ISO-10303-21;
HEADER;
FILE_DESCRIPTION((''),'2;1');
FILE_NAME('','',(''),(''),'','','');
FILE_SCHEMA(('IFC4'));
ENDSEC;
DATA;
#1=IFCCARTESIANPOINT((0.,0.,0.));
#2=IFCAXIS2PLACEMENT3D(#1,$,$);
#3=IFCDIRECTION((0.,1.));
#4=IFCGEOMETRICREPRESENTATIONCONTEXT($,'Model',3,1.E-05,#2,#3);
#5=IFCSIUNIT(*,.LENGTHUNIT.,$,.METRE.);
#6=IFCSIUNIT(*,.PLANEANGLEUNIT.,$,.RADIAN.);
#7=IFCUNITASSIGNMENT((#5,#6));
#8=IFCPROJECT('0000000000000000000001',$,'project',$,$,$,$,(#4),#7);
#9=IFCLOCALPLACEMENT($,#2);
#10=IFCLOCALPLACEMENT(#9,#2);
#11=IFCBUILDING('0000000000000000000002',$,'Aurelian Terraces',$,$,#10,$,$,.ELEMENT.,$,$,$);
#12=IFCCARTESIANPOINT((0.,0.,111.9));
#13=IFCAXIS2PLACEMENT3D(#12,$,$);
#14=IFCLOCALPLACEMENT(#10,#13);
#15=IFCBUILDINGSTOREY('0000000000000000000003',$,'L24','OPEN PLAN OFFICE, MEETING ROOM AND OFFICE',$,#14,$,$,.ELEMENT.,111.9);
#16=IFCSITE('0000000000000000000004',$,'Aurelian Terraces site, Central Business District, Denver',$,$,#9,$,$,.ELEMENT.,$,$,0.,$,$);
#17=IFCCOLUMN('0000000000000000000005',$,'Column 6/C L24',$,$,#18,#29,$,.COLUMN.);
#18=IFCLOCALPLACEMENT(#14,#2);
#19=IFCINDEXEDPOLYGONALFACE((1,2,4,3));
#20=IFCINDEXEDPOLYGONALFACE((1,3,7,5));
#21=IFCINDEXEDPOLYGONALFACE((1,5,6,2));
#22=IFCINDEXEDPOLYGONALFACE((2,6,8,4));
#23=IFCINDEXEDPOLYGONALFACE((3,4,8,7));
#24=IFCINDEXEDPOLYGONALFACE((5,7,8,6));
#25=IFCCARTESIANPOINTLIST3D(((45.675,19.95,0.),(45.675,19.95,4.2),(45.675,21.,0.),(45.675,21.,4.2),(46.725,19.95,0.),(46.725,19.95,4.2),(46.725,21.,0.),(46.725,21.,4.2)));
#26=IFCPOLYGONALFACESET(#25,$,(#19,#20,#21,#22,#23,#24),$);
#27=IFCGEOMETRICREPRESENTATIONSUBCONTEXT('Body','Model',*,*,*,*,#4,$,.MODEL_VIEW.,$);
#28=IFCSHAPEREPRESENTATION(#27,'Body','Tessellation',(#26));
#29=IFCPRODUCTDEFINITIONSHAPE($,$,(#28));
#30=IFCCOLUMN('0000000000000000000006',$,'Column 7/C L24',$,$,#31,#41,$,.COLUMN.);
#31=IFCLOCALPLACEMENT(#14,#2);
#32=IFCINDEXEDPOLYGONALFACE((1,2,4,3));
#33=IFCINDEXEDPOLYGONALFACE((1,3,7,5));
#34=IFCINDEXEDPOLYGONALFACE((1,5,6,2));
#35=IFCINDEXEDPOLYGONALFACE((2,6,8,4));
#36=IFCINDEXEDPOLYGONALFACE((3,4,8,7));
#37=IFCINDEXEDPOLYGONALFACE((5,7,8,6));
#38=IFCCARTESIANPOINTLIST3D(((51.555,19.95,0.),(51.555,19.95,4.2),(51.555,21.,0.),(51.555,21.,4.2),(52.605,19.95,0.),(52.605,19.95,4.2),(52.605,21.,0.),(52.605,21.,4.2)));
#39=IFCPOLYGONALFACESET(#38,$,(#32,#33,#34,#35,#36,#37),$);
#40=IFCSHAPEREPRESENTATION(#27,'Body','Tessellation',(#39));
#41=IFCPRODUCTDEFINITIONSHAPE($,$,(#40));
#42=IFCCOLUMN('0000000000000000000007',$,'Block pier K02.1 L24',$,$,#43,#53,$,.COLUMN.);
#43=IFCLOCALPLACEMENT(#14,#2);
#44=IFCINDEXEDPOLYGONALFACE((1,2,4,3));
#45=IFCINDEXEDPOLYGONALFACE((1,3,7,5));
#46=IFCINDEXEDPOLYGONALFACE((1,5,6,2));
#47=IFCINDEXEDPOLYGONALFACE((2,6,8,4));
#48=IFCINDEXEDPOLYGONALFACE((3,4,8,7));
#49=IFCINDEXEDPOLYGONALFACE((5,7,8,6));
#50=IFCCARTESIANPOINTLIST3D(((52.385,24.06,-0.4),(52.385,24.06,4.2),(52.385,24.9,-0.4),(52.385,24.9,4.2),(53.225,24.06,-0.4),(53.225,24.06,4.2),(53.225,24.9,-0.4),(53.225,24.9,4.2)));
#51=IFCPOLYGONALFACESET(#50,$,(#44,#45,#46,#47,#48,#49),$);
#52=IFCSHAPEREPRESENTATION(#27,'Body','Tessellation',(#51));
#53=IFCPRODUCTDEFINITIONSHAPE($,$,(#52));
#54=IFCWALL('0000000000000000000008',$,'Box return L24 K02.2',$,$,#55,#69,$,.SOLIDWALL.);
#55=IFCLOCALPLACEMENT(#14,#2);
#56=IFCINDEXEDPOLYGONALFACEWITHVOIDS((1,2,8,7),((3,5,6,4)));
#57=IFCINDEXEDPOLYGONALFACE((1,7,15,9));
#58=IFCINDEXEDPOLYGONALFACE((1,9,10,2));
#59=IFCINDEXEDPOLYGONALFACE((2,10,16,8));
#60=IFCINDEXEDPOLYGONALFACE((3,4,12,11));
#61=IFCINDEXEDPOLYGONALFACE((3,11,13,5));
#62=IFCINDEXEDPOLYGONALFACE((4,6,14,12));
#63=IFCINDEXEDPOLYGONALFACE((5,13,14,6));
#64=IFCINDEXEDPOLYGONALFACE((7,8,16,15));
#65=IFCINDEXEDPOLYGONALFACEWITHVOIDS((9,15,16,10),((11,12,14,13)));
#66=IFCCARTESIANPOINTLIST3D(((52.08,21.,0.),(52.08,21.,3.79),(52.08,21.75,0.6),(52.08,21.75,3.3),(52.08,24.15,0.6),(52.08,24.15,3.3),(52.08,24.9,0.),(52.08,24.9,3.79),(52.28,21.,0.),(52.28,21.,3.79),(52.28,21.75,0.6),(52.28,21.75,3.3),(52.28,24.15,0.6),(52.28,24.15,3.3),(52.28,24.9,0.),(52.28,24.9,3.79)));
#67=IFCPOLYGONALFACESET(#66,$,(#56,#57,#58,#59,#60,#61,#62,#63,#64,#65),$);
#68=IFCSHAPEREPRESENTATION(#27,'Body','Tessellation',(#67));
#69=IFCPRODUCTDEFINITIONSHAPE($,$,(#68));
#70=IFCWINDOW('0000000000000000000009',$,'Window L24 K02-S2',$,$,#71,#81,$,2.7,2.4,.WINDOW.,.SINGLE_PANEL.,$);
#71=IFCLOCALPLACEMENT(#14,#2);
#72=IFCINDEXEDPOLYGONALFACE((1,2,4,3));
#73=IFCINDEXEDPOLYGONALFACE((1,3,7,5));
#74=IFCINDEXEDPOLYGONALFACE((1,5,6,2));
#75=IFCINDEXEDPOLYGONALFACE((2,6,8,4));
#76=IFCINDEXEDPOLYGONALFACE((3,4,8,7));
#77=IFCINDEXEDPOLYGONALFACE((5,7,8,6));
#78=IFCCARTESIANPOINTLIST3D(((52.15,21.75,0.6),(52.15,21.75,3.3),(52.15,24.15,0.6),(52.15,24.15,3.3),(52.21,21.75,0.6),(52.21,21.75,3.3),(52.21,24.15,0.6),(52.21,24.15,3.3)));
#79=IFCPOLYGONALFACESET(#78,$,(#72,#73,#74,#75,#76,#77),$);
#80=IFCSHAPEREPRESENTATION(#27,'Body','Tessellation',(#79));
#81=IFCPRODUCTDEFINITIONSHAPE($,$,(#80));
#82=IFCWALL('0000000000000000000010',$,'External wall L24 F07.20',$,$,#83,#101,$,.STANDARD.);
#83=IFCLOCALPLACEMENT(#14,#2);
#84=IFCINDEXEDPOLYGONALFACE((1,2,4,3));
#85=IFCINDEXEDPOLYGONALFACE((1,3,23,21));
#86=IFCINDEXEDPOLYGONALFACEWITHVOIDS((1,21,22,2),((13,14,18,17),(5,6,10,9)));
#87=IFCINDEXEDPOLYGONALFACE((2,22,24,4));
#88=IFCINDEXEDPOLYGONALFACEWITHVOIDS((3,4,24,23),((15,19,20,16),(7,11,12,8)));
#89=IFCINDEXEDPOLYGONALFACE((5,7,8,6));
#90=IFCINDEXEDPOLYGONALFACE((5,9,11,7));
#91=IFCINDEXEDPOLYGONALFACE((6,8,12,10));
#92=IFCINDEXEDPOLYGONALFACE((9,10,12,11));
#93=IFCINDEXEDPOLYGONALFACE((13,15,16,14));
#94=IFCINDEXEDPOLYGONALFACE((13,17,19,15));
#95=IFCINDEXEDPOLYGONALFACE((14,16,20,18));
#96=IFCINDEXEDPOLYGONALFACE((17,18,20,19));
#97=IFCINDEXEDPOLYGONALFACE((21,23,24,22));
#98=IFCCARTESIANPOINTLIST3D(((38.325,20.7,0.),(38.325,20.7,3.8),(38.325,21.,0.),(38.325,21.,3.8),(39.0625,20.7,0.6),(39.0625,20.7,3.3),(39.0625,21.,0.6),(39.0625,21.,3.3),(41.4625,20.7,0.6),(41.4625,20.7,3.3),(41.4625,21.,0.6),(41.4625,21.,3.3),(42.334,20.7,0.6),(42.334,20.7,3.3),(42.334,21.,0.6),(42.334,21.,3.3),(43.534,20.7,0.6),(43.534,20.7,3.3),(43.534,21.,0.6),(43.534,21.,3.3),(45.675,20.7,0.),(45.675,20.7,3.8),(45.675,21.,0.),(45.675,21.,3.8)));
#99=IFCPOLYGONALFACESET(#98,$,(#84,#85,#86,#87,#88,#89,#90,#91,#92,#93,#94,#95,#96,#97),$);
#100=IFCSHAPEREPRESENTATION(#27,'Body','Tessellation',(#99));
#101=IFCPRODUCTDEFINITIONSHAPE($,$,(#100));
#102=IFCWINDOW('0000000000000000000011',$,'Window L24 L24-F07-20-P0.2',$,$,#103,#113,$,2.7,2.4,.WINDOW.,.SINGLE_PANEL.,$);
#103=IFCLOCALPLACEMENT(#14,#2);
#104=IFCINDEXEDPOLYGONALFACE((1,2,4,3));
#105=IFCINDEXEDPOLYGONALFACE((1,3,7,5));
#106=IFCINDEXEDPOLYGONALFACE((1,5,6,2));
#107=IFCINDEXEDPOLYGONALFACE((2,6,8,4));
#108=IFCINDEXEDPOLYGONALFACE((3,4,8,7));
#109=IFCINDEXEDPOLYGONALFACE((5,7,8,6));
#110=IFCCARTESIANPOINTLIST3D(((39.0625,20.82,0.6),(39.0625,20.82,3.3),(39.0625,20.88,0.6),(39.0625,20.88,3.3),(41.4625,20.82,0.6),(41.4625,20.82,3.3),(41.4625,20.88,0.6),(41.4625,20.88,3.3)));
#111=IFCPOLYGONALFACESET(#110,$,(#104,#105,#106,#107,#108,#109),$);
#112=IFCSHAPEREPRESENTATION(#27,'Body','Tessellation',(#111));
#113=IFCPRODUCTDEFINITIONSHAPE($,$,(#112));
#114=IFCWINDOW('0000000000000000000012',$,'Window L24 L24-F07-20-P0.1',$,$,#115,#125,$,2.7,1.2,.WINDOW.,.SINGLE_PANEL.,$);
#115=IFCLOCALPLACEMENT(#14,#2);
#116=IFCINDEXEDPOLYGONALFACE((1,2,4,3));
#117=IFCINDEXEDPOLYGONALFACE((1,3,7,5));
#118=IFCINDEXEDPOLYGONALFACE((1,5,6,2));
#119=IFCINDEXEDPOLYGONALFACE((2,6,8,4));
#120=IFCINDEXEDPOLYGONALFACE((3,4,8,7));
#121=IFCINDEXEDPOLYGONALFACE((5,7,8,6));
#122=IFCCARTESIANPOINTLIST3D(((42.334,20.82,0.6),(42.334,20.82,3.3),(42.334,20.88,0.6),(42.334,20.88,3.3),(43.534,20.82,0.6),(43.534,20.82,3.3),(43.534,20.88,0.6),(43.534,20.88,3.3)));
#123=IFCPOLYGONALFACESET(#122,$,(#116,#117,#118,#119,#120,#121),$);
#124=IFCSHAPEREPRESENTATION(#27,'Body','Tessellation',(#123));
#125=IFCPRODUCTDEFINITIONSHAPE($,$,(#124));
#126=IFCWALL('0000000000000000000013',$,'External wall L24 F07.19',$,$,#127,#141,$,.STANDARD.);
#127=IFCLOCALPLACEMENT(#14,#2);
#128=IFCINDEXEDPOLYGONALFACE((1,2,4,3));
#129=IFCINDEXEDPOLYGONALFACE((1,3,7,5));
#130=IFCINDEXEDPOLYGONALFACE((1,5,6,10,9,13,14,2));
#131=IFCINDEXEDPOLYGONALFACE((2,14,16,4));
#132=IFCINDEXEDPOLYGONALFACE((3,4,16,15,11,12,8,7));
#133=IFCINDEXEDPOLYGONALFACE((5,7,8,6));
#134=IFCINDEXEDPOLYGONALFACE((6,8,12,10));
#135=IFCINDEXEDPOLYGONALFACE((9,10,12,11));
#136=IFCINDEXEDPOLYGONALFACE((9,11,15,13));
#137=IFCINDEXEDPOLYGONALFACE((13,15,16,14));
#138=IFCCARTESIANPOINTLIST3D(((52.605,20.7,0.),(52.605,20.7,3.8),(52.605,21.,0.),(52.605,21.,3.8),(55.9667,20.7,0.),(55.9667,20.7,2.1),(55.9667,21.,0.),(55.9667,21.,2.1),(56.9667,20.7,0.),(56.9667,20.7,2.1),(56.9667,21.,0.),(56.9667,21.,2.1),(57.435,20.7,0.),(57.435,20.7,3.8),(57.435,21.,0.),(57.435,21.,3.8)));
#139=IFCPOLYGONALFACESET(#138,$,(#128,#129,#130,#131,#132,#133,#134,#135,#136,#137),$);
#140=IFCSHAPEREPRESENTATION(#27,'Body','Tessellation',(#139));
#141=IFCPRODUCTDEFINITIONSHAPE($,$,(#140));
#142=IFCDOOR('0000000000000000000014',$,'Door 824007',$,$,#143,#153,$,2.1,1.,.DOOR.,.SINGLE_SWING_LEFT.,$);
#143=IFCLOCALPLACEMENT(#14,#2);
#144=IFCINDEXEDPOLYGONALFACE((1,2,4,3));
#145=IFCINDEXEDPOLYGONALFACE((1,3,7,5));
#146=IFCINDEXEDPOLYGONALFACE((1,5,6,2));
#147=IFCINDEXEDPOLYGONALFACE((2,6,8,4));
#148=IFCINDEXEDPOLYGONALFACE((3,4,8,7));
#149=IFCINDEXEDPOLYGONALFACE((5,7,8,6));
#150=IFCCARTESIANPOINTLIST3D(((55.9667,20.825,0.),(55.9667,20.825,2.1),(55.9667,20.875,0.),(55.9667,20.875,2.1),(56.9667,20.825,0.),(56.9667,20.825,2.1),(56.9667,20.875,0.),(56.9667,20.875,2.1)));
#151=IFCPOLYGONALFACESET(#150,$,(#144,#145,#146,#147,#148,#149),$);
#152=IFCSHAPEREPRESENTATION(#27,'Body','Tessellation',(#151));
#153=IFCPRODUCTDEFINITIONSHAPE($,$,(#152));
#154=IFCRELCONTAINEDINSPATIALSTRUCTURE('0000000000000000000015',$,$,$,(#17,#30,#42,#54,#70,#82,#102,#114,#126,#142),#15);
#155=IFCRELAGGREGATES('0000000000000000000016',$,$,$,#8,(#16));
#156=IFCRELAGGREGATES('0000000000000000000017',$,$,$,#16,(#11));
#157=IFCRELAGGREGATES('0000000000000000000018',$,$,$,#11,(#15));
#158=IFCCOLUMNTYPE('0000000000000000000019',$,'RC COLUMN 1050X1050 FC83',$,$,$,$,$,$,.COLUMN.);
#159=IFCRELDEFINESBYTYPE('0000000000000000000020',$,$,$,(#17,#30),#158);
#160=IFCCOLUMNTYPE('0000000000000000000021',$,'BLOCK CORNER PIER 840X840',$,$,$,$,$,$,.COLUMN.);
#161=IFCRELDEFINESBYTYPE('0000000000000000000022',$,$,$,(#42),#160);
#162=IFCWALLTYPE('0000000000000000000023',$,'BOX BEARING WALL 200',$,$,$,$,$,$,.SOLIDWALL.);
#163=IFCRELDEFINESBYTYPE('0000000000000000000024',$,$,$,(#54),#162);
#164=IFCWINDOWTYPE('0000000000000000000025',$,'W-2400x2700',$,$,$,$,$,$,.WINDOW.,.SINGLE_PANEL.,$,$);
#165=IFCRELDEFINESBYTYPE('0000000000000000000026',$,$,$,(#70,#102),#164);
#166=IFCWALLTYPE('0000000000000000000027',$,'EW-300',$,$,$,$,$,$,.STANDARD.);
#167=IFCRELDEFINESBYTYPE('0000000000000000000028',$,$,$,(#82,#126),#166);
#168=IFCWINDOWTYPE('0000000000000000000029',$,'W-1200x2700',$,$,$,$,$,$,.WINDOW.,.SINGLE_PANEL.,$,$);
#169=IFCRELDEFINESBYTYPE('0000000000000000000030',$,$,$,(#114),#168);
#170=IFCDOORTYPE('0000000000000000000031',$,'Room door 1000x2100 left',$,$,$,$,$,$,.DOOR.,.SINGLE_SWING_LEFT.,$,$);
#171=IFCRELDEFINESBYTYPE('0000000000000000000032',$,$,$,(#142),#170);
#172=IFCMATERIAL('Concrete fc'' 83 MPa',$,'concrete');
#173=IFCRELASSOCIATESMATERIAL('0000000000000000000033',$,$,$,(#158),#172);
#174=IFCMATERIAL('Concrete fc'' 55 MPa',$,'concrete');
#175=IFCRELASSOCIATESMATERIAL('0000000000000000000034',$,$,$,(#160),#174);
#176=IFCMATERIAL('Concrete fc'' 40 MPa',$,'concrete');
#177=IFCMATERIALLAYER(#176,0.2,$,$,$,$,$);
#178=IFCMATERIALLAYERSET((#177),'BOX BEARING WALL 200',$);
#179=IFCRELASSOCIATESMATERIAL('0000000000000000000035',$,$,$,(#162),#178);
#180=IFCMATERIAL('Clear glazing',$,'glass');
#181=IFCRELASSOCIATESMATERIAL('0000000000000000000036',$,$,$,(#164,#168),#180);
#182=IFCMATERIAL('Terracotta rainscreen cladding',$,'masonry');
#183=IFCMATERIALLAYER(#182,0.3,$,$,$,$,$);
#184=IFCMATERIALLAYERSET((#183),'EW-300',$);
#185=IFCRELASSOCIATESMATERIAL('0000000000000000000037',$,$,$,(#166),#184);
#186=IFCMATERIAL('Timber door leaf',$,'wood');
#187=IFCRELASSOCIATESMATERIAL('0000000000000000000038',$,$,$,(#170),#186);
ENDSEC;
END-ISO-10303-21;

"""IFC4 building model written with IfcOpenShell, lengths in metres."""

from ifc_helpers import new_model, si_unit, direction, frame, frame_2d, origin, origin_2d, place, context, subcontext, project, spatial, rectangle, extrude, source, transform, mapped, material, layer, layer_set, material_profile, profile_set, type_object, element, fill, save


model = new_model("IFC4")

# Units and contexts
model_context = context("Model", 3, precision=1e-05, world=origin(), true_north=direction((0.0, 1.0)))
body_context = subcontext(model_context, "Body", "Model", "MODEL_VIEW")
ifc_project = project(units=[si_unit("LENGTHUNIT", "METRE"), si_unit("PLANEANGLEUNIT", "RADIAN")], contexts=[model_context])

# Site, building, storey
site_placement = place(None, origin())
site = spatial("IfcSite", under=ifc_project, at=site_placement, Name="Aurelian Terraces site, Central Business District, Denver", CompositionType="ELEMENT", RefElevation=0.0)
building_placement = place(site_placement, origin())
building = spatial("IfcBuilding", under=site, at=building_placement, Name="Aurelian Terraces", CompositionType="ELEMENT")
storey_placement = place(building_placement, frame((0.0, 0.0, 111.9)))
storey = spatial("IfcBuildingStorey", under=building, at=storey_placement, Name="L24", Description="OPEN PLAN OFFICE, MEETING ROOM AND OFFICE", CompositionType="ELEMENT", Elevation=111.9)

# Columns
ifc_material_1 = material(Name="Concrete fc' 83 MPa", Category="concrete")
ifc_material_profile_1 = material_profile(ifc_material_1, rectangle(XDim=1.05, YDim=1.05, at=origin_2d()))
ifc_profile_set_1 = profile_set([ifc_material_profile_1], Name="Concrete fc' 83 MPa")
column_type_1 = type_object("IfcColumnType", Name="RC COLUMN 1050X1050 FC83", PredefinedType="COLUMN", material=ifc_profile_set_1)
shared_shape_1 = source(origin(), body_context, "Body", "SweptSolid", [
    extrude(rectangle(XDim=1.05, YDim=1.05, at=origin_2d()), origin(), (0.0, 0.0, 1.0), 4.2),
])
for number, where, z_axis, x_axis, name in (
    (1, (46.2, 20.475, 0.0), (0.0, 0.0, 1.0), (1.0, 0.0, 0.0), "Column 6/C L24"),
    (2, (52.08, 20.475, 0.0), (0.0, 0.0, 1.0), (1.0, 0.0, 0.0), "Column 7/C L24"),
):
    element("IfcColumn", number, at=place(storey_placement, frame(where, z_axis=z_axis, x_axis=x_axis)), inside=storey, type_object=column_type_1, Name=name, PredefinedType="COLUMN", context=body_context, shape_type="MappedRepresentation", body=[
        mapped(shared_shape_1, transform((0.0, 0.0, 0.0), scale=1.0)),
    ])
ifc_material_2 = material(Name="Concrete fc' 55 MPa", Category="concrete")
ifc_material_profile_2 = material_profile(ifc_material_2, rectangle(XDim=0.84, YDim=0.84, at=origin_2d()))
ifc_profile_set_2 = profile_set([ifc_material_profile_2], Name="Concrete fc' 55 MPa")
column_type_2 = type_object("IfcColumnType", Name="BLOCK CORNER PIER 840X840", PredefinedType="COLUMN", material=ifc_profile_set_2)
shared_shape_2 = source(origin(), body_context, "Body", "SweptSolid", [
    extrude(rectangle(XDim=0.84, YDim=0.84, at=origin_2d()), origin(), (0.0, 0.0, 1.0), 4.6),
])
column_placement = place(storey_placement, frame((52.805, 24.48, -0.4), z_axis=(0.0, 0.0, 1.0), x_axis=(1.0, 0.0, 0.0)))
element("IfcColumn", 3, at=column_placement, inside=storey, type_object=column_type_2, Name="Block pier K02.1 L24", PredefinedType="COLUMN", context=body_context, shape_type="MappedRepresentation", body=[
    mapped(shared_shape_2, transform((0.0, 0.0, 0.0), scale=1.0)),
])

# Wall, opening, window
ifc_material_3 = material(Name="Concrete fc' 40 MPa", Category="concrete")
ifc_layer_1 = layer(ifc_material_3, 0.2)
ifc_layer_set_1 = layer_set([ifc_layer_1], Name="BOX BEARING WALL 200")
wall_type_1 = type_object("IfcWallType", Name="BOX BEARING WALL 200", PredefinedType="SOLIDWALL", material=ifc_layer_set_1)
shared_shape_3 = source(origin(), body_context, "Body", "SweptSolid", [
    extrude(rectangle(XDim=3.9, YDim=0.2, at=frame_2d((1.95, 0.0))), origin(), (0.0, 0.0, 1.0), 3.79),
])
wall_1_placement = place(storey_placement, frame((52.18, 21.0, 0.0), z_axis=(0.0, 0.0, 1.0), x_axis=(0.0, 1.0, 0.0)))
wall_1 = element("IfcWall", 4, at=wall_1_placement, inside=storey, type_object=wall_type_1, Name="Box return L24 K02.2", PredefinedType="SOLIDWALL", context=body_context, shape_type="MappedRepresentation", body=[
    mapped(shared_shape_3, transform((0.0, 0.0, 0.0), scale=1.0)),
])
shared_shape_4 = source(origin(), body_context, "Body", "SweptSolid", [
    extrude(rectangle(XDim=2.4, YDim=2.7, at=frame_2d((1.2, 1.35))), frame((0.0, 0.11, 0.0), z_axis=(0.0, -1.0, 0.0), x_axis=(1.0, 0.0, 0.0)), (0.0, 0.0, 1.0), 0.22),
])
opening_1_placement = place(wall_1_placement, frame((0.75, 0.0, 0.6)))
opening_1 = element("IfcOpeningElement", 5, at=opening_1_placement, cuts=wall_1, PredefinedType="OPENING", context=body_context, shape_type="MappedRepresentation", body=[
    mapped(shared_shape_4, transform((0.0, 0.0, 0.0), scale=1.0)),
])
ifc_material_4 = material(Name="Clear glazing", Category="glass")
window_type_1 = type_object("IfcWindowType", Name="W-2400x2700", PartitioningType="SINGLE_PANEL", PredefinedType="WINDOW", material=ifc_material_4)
shared_shape_5 = source(origin(), body_context, "Body", "SweptSolid", [
    extrude(rectangle(XDim=2.4, YDim=2.7, at=frame_2d((1.2, 1.35))), frame((0.0, 0.03, 0.0), z_axis=(0.0, -1.0, 0.0), x_axis=(1.0, 0.0, 0.0)), (0.0, 0.0, 1.0), 0.06),
])
window_1_placement = place(opening_1_placement, origin())
window_1 = element("IfcWindow", 6, at=window_1_placement, inside=storey, type_object=window_type_1, Name="Window L24 K02-S2", OverallHeight=2.7, OverallWidth=2.4, PartitioningType="SINGLE_PANEL", PredefinedType="WINDOW", context=body_context, shape_type="MappedRepresentation", body=[
    mapped(shared_shape_5, transform((0.0, 0.0, 0.0), scale=1.0)),
])
fill(opening_1, window_1)

# Wall, openings, windows
ifc_material_5 = material(Name="Terracotta rainscreen cladding", Category="masonry")
ifc_layer_2 = layer(ifc_material_5, 0.3)
ifc_layer_set_2 = layer_set([ifc_layer_2], Name="EW-300")
wall_type_2 = type_object("IfcWallType", Name="EW-300", PredefinedType="STANDARD", material=ifc_layer_set_2)
shared_shape_6 = source(origin(), body_context, "Body", "SweptSolid", [
    extrude(rectangle(XDim=7.35, YDim=0.3, at=frame_2d((3.675, 0.0))), origin(), (0.0, 0.0, 1.0), 3.8),
])
wall_2_placement = place(storey_placement, frame((45.675, 20.85, 0.0), z_axis=(0.0, 0.0, 1.0), x_axis=(-1.0, 0.0, 0.0)))
wall_2 = element("IfcWall", 7, at=wall_2_placement, inside=storey, type_object=wall_type_2, Name="External wall L24 F07.20", PredefinedType="STANDARD", context=body_context, shape_type="MappedRepresentation", body=[
    mapped(shared_shape_6, transform((0.0, 0.0, 0.0), scale=1.0)),
])
shared_shape_7 = source(origin(), body_context, "Body", "SweptSolid", [
    extrude(rectangle(XDim=1.2, YDim=2.7, at=frame_2d((0.6, 1.35))), frame((0.0, 0.16, 0.0), z_axis=(0.0, -1.0, 0.0), x_axis=(1.0, 0.0, 0.0)), (0.0, 0.0, 1.0), 0.32),
])
opening_2_placement = place(wall_2_placement, frame((2.141, 0.0, 0.6)))
opening_2 = element("IfcOpeningElement", 8, at=opening_2_placement, cuts=wall_2, PredefinedType="OPENING", context=body_context, shape_type="MappedRepresentation", body=[
    mapped(shared_shape_7, transform((0.0, 0.0, 0.0), scale=1.0)),
])
shared_shape_8 = source(origin(), body_context, "Body", "SweptSolid", [
    extrude(rectangle(XDim=2.4, YDim=2.7, at=frame_2d((1.2, 1.35))), frame((0.0, 0.16, 0.0), z_axis=(0.0, -1.0, 0.0), x_axis=(1.0, 0.0, 0.0)), (0.0, 0.0, 1.0), 0.32),
])
opening_3_placement = place(wall_2_placement, frame((4.2125, 0.0, 0.6)))
opening_3 = element("IfcOpeningElement", 9, at=opening_3_placement, cuts=wall_2, PredefinedType="OPENING", context=body_context, shape_type="MappedRepresentation", body=[
    mapped(shared_shape_8, transform((0.0, 0.0, 0.0), scale=1.0)),
])
window_2_placement = place(opening_3_placement, origin())
window_2 = element("IfcWindow", 10, at=window_2_placement, inside=storey, type_object=window_type_1, Name="Window L24 L24-F07-20-P0.2", OverallHeight=2.7, OverallWidth=2.4, PartitioningType="SINGLE_PANEL", PredefinedType="WINDOW", context=body_context, shape_type="MappedRepresentation", body=[
    mapped(shared_shape_5, transform((0.0, 0.0, 0.0), scale=1.0)),
])
fill(opening_3, window_2)
window_type_2 = type_object("IfcWindowType", Name="W-1200x2700", PartitioningType="SINGLE_PANEL", PredefinedType="WINDOW", material=ifc_material_4)
shared_shape_9 = source(origin(), body_context, "Body", "SweptSolid", [
    extrude(rectangle(XDim=1.2, YDim=2.7, at=frame_2d((0.6, 1.35))), frame((0.0, 0.03, 0.0), z_axis=(0.0, -1.0, 0.0), x_axis=(1.0, 0.0, 0.0)), (0.0, 0.0, 1.0), 0.06),
])
window_3_placement = place(opening_2_placement, origin())
window_3 = element("IfcWindow", 11, at=window_3_placement, inside=storey, type_object=window_type_2, Name="Window L24 L24-F07-20-P0.1", OverallHeight=2.7, OverallWidth=1.2, PartitioningType="SINGLE_PANEL", PredefinedType="WINDOW", context=body_context, shape_type="MappedRepresentation", body=[
    mapped(shared_shape_9, transform((0.0, 0.0, 0.0), scale=1.0)),
])
fill(opening_2, window_3)

# Wall, opening, door
shared_shape_10 = source(origin(), body_context, "Body", "SweptSolid", [
    extrude(rectangle(XDim=4.83, YDim=0.3, at=frame_2d((2.415, 0.0))), origin(), (0.0, 0.0, 1.0), 3.8),
])
wall_3_placement = place(storey_placement, frame((57.435, 20.85, 0.0), z_axis=(0.0, 0.0, 1.0), x_axis=(-1.0, 0.0, 0.0)))
wall_3 = element("IfcWall", 12, at=wall_3_placement, inside=storey, type_object=wall_type_2, Name="External wall L24 F07.19", PredefinedType="STANDARD", context=body_context, shape_type="MappedRepresentation", body=[
    mapped(shared_shape_10, transform((0.0, 0.0, 0.0), scale=1.0)),
])
shared_shape_11 = source(origin(), body_context, "Body", "SweptSolid", [
    extrude(rectangle(XDim=1.0, YDim=2.1, at=frame_2d((0.5, 1.05))), frame((0.0, 0.16, 0.0), z_axis=(0.0, -1.0, 0.0), x_axis=(1.0, 0.0, 0.0)), (0.0, 0.0, 1.0), 0.32),
])
opening_4_placement = place(wall_3_placement, frame((0.4683, 0.0, 0.0)))
opening_4 = element("IfcOpeningElement", 13, at=opening_4_placement, cuts=wall_3, PredefinedType="OPENING", context=body_context, shape_type="MappedRepresentation", body=[
    mapped(shared_shape_11, transform((0.0, 0.0, 0.0), scale=1.0)),
])
ifc_material_6 = material(Name="Timber door leaf", Category="wood")
door_type_1 = type_object("IfcDoorType", Name="Room door 1000x2100 left", OperationType="SINGLE_SWING_LEFT", PredefinedType="DOOR", material=ifc_material_6)
shared_shape_12 = source(origin(), body_context, "Body", "SweptSolid", [
    extrude(rectangle(XDim=1.0, YDim=2.1, at=frame_2d((0.5, 1.05))), frame((0.0, 0.025, 0.0), z_axis=(0.0, -1.0, 0.0), x_axis=(1.0, 0.0, 0.0)), (0.0, 0.0, 1.0), 0.05),
])
door_1_placement = place(opening_4_placement, origin())
door_1 = element("IfcDoor", 14, at=door_1_placement, inside=storey, type_object=door_type_1, Name="Door 824007", OperationType="SINGLE_SWING_LEFT", OverallHeight=2.1, OverallWidth=1.0, PredefinedType="DOOR", context=body_context, shape_type="MappedRepresentation", body=[
    mapped(shared_shape_12, transform((0.0, 0.0, 0.0), scale=1.0)),
])
fill(opening_4, door_1)

save(model, "model.ifc")
